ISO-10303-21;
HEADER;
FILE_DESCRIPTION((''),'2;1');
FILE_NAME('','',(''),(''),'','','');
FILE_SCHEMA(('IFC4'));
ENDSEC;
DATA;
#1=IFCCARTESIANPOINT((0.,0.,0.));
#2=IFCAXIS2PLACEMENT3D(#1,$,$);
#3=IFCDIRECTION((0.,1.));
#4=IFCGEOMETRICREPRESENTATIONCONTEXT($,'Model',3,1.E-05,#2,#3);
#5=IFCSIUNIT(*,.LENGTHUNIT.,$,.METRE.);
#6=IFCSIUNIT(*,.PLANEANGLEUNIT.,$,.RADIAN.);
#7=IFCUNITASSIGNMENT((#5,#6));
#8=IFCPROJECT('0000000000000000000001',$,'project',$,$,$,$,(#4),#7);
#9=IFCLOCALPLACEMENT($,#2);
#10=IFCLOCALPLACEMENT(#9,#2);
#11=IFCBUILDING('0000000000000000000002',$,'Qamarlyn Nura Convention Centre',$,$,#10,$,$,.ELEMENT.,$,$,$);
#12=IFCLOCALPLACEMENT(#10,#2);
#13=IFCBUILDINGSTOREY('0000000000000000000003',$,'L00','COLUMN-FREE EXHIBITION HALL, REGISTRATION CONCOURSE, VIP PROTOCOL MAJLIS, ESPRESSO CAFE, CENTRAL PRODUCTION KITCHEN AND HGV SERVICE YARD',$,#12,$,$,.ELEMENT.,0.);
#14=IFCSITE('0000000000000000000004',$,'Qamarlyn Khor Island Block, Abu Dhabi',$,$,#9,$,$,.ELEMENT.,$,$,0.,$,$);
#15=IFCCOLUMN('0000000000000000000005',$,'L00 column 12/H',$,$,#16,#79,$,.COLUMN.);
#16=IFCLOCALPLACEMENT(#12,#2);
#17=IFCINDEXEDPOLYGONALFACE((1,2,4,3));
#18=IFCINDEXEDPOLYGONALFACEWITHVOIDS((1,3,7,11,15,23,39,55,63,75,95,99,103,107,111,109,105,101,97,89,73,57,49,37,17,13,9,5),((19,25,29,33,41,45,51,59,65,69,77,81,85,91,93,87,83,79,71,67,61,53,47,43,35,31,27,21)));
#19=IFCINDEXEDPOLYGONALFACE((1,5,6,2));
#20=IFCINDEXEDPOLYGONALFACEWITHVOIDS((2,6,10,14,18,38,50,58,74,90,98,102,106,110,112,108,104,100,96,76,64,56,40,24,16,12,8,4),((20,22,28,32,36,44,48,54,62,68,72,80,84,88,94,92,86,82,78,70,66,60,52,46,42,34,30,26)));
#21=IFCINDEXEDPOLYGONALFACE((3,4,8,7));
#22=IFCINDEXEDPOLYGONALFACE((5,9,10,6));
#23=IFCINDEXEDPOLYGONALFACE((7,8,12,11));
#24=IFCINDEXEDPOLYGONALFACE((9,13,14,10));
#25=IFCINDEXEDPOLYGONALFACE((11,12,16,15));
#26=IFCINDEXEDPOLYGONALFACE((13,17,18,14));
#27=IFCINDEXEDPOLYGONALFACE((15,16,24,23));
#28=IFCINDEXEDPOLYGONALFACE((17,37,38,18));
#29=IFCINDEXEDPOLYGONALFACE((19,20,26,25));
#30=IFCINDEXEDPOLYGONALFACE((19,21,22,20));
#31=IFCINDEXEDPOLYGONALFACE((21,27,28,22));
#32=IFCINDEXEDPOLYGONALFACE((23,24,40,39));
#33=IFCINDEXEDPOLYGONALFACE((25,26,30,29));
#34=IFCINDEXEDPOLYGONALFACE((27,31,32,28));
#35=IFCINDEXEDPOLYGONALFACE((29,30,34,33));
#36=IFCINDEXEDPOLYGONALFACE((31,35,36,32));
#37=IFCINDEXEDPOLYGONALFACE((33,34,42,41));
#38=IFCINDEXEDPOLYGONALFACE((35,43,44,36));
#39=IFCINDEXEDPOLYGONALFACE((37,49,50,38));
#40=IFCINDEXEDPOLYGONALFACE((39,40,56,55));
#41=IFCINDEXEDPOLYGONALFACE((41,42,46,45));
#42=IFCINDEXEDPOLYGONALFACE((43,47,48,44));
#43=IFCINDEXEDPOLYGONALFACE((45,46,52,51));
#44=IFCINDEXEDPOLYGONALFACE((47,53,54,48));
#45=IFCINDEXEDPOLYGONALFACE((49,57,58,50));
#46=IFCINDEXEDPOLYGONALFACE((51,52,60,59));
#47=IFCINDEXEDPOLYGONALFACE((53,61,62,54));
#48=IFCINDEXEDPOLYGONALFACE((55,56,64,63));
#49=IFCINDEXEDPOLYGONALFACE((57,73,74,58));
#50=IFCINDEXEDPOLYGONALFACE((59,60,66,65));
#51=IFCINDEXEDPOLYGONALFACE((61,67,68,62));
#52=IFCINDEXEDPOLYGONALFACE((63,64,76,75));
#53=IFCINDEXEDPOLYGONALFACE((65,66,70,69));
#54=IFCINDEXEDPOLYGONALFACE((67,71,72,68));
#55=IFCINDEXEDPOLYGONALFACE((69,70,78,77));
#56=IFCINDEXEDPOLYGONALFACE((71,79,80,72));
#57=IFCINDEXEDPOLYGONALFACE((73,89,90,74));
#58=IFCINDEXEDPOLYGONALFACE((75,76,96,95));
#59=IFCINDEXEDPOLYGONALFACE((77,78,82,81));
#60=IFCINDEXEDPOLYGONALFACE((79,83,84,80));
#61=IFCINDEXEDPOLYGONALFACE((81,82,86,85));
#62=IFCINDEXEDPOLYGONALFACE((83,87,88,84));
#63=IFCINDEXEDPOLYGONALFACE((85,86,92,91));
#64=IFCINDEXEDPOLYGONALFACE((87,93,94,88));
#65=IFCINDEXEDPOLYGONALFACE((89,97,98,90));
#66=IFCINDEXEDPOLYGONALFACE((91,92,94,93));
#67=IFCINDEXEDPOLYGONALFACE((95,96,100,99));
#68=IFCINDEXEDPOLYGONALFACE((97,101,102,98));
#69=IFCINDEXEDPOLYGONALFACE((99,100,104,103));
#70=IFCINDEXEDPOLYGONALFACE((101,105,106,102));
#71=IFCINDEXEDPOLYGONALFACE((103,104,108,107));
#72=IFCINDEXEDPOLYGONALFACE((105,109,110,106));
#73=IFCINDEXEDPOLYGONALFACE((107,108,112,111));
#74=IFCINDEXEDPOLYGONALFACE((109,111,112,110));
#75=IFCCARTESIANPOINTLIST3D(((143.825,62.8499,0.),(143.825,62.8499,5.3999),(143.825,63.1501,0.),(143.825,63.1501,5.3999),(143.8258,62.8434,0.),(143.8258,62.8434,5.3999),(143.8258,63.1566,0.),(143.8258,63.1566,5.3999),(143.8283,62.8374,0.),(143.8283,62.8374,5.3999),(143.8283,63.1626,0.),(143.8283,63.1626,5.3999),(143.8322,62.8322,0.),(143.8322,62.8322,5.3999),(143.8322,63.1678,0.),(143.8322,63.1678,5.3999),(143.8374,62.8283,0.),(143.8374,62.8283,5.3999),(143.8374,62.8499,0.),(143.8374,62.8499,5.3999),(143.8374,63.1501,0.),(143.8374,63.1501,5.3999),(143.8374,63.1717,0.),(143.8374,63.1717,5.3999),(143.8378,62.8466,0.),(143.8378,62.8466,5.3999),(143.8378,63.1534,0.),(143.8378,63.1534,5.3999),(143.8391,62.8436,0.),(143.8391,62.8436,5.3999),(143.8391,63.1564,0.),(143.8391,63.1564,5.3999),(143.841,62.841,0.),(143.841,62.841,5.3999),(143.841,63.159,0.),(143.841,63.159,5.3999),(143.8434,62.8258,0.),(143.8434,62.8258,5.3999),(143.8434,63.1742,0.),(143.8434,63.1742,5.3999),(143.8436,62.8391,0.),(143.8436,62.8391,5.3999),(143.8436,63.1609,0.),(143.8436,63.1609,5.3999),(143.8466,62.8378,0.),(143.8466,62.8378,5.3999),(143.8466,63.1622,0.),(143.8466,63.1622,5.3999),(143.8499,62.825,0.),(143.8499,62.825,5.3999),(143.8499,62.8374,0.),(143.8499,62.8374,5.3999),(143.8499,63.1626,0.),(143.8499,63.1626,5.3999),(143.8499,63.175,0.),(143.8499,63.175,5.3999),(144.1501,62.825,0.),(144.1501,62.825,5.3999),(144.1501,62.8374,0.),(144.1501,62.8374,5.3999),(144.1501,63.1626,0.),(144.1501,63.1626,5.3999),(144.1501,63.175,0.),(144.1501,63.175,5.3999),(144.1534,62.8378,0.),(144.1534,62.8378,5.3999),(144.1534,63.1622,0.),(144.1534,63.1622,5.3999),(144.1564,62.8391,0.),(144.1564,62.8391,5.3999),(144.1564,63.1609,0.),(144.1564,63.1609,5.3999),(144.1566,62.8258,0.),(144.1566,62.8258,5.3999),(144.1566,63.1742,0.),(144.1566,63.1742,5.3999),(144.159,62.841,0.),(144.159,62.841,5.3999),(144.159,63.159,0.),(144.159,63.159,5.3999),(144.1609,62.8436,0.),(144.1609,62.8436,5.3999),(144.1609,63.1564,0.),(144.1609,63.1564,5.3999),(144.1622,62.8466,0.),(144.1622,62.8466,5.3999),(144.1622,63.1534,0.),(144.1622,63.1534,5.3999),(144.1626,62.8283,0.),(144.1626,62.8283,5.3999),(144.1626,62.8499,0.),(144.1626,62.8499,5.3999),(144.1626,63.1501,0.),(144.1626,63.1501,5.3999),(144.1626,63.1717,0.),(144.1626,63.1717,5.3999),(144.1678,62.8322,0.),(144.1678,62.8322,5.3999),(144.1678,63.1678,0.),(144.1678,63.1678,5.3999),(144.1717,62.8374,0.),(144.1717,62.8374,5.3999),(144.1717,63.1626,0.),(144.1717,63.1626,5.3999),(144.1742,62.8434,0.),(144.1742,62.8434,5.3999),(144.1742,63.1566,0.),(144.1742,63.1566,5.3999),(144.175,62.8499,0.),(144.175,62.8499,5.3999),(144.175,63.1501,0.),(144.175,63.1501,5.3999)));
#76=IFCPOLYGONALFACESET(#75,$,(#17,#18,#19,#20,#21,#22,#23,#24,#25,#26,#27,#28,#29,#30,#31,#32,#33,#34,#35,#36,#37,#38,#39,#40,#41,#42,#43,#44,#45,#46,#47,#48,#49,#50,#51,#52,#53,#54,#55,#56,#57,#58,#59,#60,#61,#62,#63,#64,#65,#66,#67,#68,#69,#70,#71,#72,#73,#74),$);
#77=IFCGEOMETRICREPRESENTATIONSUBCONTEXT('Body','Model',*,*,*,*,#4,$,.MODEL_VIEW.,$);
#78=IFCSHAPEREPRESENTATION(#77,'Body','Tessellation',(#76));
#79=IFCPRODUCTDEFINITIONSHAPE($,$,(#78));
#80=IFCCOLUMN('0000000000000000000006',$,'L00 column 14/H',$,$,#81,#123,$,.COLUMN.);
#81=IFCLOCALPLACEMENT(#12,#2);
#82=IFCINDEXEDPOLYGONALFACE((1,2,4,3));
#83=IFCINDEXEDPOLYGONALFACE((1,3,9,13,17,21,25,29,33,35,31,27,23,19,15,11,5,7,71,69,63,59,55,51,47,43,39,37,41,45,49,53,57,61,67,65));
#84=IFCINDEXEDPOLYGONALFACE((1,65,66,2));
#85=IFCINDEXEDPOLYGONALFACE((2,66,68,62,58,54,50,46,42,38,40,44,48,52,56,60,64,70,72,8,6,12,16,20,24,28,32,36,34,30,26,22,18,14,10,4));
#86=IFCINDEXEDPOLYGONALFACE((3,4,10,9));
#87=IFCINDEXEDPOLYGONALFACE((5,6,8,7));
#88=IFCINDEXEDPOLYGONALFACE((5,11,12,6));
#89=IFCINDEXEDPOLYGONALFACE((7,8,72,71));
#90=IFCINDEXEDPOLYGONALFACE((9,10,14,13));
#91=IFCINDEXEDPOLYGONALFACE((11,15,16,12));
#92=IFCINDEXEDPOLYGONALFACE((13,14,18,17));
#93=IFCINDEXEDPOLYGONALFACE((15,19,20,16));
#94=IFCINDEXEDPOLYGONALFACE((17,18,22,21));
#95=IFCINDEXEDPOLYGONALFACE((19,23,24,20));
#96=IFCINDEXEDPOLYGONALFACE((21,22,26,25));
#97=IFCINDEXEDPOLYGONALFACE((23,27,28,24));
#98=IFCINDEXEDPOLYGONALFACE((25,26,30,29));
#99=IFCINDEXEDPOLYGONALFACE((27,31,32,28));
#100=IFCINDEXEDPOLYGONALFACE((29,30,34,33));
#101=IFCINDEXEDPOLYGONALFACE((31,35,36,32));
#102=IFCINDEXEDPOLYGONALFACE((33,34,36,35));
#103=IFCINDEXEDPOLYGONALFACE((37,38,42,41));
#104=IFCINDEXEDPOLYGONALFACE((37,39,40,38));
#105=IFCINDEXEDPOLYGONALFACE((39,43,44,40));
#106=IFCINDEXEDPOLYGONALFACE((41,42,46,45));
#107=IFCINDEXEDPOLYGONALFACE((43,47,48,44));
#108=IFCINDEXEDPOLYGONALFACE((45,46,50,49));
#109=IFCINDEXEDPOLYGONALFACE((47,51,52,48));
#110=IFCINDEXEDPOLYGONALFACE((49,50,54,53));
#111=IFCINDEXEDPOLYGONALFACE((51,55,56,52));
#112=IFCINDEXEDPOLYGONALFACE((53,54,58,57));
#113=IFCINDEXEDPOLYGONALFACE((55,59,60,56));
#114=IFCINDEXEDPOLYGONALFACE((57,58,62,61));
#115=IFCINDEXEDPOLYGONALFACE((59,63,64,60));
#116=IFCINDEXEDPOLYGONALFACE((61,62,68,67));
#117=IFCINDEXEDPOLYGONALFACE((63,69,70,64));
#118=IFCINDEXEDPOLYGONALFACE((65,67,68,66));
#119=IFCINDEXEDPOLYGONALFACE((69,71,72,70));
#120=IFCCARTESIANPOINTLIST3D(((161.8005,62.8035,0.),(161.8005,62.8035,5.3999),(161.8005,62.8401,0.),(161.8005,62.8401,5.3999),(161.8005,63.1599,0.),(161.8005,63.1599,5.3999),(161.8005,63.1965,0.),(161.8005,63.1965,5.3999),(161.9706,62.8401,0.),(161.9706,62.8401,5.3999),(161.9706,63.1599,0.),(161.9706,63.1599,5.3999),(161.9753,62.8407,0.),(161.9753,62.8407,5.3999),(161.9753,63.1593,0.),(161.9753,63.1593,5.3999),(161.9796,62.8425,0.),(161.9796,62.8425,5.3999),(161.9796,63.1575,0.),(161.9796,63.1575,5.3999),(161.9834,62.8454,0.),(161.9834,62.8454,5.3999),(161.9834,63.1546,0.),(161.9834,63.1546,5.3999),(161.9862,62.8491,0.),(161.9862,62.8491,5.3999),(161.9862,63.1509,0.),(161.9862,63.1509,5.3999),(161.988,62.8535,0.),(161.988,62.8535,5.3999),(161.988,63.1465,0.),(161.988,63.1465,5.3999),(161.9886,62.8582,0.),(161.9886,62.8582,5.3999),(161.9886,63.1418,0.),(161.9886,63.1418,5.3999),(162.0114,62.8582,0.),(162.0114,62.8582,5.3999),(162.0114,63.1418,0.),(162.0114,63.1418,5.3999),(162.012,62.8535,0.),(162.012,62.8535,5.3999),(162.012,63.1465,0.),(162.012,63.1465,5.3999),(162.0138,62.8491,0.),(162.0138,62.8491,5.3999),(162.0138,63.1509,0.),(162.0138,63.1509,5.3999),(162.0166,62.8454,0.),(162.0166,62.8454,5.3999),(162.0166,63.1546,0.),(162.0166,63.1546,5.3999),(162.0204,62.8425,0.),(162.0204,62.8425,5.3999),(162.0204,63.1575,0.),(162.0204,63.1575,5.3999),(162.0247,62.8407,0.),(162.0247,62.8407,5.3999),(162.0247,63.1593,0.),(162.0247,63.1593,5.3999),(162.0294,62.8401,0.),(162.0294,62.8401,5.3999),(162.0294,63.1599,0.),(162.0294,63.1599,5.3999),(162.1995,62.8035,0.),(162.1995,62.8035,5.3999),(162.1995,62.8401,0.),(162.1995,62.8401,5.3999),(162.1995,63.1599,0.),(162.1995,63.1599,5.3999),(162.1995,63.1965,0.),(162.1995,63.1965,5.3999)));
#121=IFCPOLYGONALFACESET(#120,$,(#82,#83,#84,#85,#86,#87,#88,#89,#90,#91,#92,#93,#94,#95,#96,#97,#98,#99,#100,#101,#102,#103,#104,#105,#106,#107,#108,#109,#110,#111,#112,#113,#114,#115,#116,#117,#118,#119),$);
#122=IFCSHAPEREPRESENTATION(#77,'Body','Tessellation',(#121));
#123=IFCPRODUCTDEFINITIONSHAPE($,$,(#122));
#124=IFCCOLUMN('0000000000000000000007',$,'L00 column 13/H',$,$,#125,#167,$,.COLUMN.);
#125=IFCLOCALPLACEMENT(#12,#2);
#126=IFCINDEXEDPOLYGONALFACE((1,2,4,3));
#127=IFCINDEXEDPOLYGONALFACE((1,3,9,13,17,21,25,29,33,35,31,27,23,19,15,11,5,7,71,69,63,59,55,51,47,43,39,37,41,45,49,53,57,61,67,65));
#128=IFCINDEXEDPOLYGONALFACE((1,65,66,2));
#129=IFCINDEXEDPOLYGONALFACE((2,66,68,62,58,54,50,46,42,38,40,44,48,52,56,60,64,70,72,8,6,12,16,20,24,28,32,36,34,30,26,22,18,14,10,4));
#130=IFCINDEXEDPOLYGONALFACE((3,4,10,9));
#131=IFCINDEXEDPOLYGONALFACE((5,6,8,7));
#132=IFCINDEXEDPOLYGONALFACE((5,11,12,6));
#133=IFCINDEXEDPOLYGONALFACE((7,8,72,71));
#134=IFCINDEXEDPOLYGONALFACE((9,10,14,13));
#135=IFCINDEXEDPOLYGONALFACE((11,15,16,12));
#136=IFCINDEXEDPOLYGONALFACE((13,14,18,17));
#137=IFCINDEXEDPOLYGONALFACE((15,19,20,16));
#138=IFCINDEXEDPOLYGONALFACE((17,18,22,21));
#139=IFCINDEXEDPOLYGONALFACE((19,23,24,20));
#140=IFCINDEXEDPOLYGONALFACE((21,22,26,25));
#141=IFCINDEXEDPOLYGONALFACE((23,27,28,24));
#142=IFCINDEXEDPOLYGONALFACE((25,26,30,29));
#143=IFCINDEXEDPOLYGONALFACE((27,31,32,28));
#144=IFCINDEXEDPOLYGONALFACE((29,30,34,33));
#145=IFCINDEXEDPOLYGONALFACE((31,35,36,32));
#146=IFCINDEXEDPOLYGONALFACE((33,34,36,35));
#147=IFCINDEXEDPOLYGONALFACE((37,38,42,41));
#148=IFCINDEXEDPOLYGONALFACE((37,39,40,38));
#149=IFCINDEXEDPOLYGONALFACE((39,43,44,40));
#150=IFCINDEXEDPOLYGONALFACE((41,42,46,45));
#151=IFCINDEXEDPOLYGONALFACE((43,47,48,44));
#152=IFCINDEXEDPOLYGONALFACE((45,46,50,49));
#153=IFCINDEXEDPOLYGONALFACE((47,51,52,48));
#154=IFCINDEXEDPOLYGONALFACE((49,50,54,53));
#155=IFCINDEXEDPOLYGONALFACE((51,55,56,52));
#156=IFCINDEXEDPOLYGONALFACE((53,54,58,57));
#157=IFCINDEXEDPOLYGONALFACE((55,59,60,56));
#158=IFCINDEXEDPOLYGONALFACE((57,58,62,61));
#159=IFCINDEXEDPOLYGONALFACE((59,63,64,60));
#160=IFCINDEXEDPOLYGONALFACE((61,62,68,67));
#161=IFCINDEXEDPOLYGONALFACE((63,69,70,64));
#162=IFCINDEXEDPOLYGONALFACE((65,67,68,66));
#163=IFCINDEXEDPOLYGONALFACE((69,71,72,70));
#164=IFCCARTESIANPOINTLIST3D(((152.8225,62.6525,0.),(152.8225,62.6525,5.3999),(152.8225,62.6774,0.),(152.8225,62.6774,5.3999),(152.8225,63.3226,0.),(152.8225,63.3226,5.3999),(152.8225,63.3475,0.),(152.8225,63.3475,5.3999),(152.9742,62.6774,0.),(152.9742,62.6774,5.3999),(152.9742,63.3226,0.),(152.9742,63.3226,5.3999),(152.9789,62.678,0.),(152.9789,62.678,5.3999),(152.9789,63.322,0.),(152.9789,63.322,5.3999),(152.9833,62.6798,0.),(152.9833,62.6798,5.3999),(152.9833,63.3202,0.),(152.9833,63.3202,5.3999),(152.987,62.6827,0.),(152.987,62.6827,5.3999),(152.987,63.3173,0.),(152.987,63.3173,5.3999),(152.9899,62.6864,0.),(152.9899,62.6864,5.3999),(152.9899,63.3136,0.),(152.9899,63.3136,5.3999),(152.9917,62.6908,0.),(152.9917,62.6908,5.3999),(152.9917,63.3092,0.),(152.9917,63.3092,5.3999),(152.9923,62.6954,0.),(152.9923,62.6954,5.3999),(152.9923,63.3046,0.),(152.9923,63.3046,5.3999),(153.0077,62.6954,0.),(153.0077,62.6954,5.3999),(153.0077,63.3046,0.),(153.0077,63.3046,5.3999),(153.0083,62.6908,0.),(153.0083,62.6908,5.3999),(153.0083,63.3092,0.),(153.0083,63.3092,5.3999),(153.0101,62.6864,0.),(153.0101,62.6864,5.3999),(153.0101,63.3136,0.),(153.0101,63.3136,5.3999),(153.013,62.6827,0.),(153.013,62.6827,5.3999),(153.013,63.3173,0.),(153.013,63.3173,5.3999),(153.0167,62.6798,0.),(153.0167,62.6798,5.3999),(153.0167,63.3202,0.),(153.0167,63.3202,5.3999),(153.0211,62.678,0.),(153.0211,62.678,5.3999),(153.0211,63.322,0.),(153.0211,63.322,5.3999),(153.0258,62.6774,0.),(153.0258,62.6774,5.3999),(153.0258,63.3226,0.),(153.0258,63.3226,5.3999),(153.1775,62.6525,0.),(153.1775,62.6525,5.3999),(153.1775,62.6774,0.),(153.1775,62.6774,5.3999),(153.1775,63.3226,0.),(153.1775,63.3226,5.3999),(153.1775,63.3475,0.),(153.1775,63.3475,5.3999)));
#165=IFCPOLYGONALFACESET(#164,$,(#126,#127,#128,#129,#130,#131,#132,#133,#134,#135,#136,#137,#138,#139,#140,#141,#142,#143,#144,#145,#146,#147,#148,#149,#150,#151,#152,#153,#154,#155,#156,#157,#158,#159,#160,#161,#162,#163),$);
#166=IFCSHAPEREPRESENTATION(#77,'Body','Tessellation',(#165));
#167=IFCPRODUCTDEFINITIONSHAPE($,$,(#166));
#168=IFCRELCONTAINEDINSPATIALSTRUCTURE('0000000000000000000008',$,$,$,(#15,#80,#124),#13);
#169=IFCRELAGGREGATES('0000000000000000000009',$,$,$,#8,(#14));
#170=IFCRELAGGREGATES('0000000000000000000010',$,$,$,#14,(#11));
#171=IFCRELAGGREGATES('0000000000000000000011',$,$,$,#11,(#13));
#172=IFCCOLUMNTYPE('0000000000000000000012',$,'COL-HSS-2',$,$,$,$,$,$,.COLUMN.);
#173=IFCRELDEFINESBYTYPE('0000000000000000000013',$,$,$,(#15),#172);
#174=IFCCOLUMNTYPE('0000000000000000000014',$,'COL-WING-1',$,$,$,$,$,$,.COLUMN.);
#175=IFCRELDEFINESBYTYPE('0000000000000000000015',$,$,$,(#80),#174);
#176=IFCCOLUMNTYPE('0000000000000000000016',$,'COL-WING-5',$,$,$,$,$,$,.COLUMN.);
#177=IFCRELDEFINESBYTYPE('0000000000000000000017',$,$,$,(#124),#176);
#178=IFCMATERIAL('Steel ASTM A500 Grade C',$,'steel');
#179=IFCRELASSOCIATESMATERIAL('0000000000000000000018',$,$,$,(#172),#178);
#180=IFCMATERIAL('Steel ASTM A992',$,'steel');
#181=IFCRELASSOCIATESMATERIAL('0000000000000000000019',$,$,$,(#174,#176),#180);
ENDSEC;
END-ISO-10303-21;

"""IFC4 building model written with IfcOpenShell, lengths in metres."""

from ifc_helpers import new_model, si_unit, direction, frame, origin, origin_2d, place, context, subcontext, project, spatial, hollow_rectangle, i_section, extrude, material, material_profile, profile_set, type_object, element, save


model = new_model("IFC4")

# Units and contexts
model_context = context("Model", 3, precision=1e-05, world=origin(), true_north=direction((0.0, 1.0)))
body_context = subcontext(model_context, "Body", "Model", "MODEL_VIEW")
ifc_project = project(units=[si_unit("LENGTHUNIT", "METRE"), si_unit("PLANEANGLEUNIT", "RADIAN")], contexts=[model_context])

# Site, building, storey
site_placement = place(None, origin())
site = spatial("IfcSite", under=ifc_project, at=site_placement, Name="Qamarlyn Khor Island Block, Abu Dhabi", CompositionType="ELEMENT", RefElevation=0.0)
building_placement = place(site_placement, origin())
building = spatial("IfcBuilding", under=site, at=building_placement, Name="Qamarlyn Nura Convention Centre", CompositionType="ELEMENT")
storey_placement = place(building_placement, origin())
storey = spatial("IfcBuildingStorey", under=building, at=storey_placement, Name="L00", Description="COLUMN-FREE EXHIBITION HALL, REGISTRATION CONCOURSE, VIP PROTOCOL MAJLIS, ESPRESSO CAFE, CENTRAL PRODUCTION KITCHEN AND HGV SERVICE YARD", CompositionType="ELEMENT", Elevation=0.0)

# Columns
ifc_material_1 = material(Name="Steel ASTM A500 Grade C", Category="steel")
ifc_material_profile_1 = material_profile(ifc_material_1, hollow_rectangle(XDim=0.3501, YDim=0.3501, WallThickness=0.0125, InnerFilletRadius=0.0125, OuterFilletRadius=0.0249, at=origin_2d()), Name="HSS350X350X12.5")
ifc_profile_set_1 = profile_set([ifc_material_profile_1], Name="Steel ASTM A500 Grade C")
column_type_1 = type_object("IfcColumnType", Name="COL-HSS-2", PredefinedType="COLUMN", material=ifc_profile_set_1)
column_1_placement = place(storey_placement, frame((144.0, 63.0, 0.0), z_axis=(0.0, 0.0, 1.0), x_axis=(1.0, 0.0, 0.0)))
element("IfcColumn", 1, at=column_1_placement, inside=storey, type_object=column_type_1, Name="L00 column 12/H", PredefinedType="COLUMN", context=body_context, shape_type="SweptSolid", body=[
    extrude(hollow_rectangle(XDim=0.3501, YDim=0.3501, WallThickness=0.0125, InnerFilletRadius=0.0125, OuterFilletRadius=0.0249, at=origin_2d()), origin(), (0.0, 0.0, 1.0), 5.3999),
])
ifc_material_2 = material(Name="Steel ASTM A992", Category="steel")
ifc_material_profile_2 = material_profile(ifc_material_2, i_section(OverallWidth=0.3989, OverallDepth=0.3931, WebThickness=0.0227, FlangeThickness=0.0366, FilletRadius=0.0181, at=origin_2d()), Name="W360X287")
ifc_profile_set_2 = profile_set([ifc_material_profile_2], Name="Steel ASTM A992")
column_type_2 = type_object("IfcColumnType", Name="COL-WING-1", PredefinedType="COLUMN", material=ifc_profile_set_2)
column_2_placement = place(storey_placement, frame((162.0, 63.0, 0.0), z_axis=(0.0, 0.0, 1.0), x_axis=(1.0, 0.0, 0.0)))
element("IfcColumn", 2, at=column_2_placement, inside=storey, type_object=column_type_2, Name="L00 column 14/H", PredefinedType="COLUMN", context=body_context, shape_type="SweptSolid", body=[
    extrude(i_section(OverallWidth=0.3989, OverallDepth=0.3931, WebThickness=0.0227, FlangeThickness=0.0366, FilletRadius=0.0181, at=origin_2d()), origin(), (0.0, 0.0, 1.0), 5.3999),
])
ifc_material_profile_3 = material_profile(ifc_material_2, i_section(OverallWidth=0.355, OverallDepth=0.6951, WebThickness=0.0154, FlangeThickness=0.0249, FilletRadius=0.0181, at=origin_2d()), Name="W690X217")
ifc_profile_set_3 = profile_set([ifc_material_profile_3], Name="Steel ASTM A992")
column_type_3 = type_object("IfcColumnType", Name="COL-WING-5", PredefinedType="COLUMN", material=ifc_profile_set_3)
column_3_placement = place(storey_placement, frame((153.0, 63.0, 0.0), z_axis=(0.0, 0.0, 1.0), x_axis=(1.0, 0.0, 0.0)))
element("IfcColumn", 3, at=column_3_placement, inside=storey, type_object=column_type_3, Name="L00 column 13/H", PredefinedType="COLUMN", context=body_context, shape_type="SweptSolid", body=[
    extrude(i_section(OverallWidth=0.355, OverallDepth=0.6951, WebThickness=0.0154, FlangeThickness=0.0249, FilletRadius=0.0181, at=origin_2d()), origin(), (0.0, 0.0, 1.0), 5.3999),
])

save(model, "model.ifc")
